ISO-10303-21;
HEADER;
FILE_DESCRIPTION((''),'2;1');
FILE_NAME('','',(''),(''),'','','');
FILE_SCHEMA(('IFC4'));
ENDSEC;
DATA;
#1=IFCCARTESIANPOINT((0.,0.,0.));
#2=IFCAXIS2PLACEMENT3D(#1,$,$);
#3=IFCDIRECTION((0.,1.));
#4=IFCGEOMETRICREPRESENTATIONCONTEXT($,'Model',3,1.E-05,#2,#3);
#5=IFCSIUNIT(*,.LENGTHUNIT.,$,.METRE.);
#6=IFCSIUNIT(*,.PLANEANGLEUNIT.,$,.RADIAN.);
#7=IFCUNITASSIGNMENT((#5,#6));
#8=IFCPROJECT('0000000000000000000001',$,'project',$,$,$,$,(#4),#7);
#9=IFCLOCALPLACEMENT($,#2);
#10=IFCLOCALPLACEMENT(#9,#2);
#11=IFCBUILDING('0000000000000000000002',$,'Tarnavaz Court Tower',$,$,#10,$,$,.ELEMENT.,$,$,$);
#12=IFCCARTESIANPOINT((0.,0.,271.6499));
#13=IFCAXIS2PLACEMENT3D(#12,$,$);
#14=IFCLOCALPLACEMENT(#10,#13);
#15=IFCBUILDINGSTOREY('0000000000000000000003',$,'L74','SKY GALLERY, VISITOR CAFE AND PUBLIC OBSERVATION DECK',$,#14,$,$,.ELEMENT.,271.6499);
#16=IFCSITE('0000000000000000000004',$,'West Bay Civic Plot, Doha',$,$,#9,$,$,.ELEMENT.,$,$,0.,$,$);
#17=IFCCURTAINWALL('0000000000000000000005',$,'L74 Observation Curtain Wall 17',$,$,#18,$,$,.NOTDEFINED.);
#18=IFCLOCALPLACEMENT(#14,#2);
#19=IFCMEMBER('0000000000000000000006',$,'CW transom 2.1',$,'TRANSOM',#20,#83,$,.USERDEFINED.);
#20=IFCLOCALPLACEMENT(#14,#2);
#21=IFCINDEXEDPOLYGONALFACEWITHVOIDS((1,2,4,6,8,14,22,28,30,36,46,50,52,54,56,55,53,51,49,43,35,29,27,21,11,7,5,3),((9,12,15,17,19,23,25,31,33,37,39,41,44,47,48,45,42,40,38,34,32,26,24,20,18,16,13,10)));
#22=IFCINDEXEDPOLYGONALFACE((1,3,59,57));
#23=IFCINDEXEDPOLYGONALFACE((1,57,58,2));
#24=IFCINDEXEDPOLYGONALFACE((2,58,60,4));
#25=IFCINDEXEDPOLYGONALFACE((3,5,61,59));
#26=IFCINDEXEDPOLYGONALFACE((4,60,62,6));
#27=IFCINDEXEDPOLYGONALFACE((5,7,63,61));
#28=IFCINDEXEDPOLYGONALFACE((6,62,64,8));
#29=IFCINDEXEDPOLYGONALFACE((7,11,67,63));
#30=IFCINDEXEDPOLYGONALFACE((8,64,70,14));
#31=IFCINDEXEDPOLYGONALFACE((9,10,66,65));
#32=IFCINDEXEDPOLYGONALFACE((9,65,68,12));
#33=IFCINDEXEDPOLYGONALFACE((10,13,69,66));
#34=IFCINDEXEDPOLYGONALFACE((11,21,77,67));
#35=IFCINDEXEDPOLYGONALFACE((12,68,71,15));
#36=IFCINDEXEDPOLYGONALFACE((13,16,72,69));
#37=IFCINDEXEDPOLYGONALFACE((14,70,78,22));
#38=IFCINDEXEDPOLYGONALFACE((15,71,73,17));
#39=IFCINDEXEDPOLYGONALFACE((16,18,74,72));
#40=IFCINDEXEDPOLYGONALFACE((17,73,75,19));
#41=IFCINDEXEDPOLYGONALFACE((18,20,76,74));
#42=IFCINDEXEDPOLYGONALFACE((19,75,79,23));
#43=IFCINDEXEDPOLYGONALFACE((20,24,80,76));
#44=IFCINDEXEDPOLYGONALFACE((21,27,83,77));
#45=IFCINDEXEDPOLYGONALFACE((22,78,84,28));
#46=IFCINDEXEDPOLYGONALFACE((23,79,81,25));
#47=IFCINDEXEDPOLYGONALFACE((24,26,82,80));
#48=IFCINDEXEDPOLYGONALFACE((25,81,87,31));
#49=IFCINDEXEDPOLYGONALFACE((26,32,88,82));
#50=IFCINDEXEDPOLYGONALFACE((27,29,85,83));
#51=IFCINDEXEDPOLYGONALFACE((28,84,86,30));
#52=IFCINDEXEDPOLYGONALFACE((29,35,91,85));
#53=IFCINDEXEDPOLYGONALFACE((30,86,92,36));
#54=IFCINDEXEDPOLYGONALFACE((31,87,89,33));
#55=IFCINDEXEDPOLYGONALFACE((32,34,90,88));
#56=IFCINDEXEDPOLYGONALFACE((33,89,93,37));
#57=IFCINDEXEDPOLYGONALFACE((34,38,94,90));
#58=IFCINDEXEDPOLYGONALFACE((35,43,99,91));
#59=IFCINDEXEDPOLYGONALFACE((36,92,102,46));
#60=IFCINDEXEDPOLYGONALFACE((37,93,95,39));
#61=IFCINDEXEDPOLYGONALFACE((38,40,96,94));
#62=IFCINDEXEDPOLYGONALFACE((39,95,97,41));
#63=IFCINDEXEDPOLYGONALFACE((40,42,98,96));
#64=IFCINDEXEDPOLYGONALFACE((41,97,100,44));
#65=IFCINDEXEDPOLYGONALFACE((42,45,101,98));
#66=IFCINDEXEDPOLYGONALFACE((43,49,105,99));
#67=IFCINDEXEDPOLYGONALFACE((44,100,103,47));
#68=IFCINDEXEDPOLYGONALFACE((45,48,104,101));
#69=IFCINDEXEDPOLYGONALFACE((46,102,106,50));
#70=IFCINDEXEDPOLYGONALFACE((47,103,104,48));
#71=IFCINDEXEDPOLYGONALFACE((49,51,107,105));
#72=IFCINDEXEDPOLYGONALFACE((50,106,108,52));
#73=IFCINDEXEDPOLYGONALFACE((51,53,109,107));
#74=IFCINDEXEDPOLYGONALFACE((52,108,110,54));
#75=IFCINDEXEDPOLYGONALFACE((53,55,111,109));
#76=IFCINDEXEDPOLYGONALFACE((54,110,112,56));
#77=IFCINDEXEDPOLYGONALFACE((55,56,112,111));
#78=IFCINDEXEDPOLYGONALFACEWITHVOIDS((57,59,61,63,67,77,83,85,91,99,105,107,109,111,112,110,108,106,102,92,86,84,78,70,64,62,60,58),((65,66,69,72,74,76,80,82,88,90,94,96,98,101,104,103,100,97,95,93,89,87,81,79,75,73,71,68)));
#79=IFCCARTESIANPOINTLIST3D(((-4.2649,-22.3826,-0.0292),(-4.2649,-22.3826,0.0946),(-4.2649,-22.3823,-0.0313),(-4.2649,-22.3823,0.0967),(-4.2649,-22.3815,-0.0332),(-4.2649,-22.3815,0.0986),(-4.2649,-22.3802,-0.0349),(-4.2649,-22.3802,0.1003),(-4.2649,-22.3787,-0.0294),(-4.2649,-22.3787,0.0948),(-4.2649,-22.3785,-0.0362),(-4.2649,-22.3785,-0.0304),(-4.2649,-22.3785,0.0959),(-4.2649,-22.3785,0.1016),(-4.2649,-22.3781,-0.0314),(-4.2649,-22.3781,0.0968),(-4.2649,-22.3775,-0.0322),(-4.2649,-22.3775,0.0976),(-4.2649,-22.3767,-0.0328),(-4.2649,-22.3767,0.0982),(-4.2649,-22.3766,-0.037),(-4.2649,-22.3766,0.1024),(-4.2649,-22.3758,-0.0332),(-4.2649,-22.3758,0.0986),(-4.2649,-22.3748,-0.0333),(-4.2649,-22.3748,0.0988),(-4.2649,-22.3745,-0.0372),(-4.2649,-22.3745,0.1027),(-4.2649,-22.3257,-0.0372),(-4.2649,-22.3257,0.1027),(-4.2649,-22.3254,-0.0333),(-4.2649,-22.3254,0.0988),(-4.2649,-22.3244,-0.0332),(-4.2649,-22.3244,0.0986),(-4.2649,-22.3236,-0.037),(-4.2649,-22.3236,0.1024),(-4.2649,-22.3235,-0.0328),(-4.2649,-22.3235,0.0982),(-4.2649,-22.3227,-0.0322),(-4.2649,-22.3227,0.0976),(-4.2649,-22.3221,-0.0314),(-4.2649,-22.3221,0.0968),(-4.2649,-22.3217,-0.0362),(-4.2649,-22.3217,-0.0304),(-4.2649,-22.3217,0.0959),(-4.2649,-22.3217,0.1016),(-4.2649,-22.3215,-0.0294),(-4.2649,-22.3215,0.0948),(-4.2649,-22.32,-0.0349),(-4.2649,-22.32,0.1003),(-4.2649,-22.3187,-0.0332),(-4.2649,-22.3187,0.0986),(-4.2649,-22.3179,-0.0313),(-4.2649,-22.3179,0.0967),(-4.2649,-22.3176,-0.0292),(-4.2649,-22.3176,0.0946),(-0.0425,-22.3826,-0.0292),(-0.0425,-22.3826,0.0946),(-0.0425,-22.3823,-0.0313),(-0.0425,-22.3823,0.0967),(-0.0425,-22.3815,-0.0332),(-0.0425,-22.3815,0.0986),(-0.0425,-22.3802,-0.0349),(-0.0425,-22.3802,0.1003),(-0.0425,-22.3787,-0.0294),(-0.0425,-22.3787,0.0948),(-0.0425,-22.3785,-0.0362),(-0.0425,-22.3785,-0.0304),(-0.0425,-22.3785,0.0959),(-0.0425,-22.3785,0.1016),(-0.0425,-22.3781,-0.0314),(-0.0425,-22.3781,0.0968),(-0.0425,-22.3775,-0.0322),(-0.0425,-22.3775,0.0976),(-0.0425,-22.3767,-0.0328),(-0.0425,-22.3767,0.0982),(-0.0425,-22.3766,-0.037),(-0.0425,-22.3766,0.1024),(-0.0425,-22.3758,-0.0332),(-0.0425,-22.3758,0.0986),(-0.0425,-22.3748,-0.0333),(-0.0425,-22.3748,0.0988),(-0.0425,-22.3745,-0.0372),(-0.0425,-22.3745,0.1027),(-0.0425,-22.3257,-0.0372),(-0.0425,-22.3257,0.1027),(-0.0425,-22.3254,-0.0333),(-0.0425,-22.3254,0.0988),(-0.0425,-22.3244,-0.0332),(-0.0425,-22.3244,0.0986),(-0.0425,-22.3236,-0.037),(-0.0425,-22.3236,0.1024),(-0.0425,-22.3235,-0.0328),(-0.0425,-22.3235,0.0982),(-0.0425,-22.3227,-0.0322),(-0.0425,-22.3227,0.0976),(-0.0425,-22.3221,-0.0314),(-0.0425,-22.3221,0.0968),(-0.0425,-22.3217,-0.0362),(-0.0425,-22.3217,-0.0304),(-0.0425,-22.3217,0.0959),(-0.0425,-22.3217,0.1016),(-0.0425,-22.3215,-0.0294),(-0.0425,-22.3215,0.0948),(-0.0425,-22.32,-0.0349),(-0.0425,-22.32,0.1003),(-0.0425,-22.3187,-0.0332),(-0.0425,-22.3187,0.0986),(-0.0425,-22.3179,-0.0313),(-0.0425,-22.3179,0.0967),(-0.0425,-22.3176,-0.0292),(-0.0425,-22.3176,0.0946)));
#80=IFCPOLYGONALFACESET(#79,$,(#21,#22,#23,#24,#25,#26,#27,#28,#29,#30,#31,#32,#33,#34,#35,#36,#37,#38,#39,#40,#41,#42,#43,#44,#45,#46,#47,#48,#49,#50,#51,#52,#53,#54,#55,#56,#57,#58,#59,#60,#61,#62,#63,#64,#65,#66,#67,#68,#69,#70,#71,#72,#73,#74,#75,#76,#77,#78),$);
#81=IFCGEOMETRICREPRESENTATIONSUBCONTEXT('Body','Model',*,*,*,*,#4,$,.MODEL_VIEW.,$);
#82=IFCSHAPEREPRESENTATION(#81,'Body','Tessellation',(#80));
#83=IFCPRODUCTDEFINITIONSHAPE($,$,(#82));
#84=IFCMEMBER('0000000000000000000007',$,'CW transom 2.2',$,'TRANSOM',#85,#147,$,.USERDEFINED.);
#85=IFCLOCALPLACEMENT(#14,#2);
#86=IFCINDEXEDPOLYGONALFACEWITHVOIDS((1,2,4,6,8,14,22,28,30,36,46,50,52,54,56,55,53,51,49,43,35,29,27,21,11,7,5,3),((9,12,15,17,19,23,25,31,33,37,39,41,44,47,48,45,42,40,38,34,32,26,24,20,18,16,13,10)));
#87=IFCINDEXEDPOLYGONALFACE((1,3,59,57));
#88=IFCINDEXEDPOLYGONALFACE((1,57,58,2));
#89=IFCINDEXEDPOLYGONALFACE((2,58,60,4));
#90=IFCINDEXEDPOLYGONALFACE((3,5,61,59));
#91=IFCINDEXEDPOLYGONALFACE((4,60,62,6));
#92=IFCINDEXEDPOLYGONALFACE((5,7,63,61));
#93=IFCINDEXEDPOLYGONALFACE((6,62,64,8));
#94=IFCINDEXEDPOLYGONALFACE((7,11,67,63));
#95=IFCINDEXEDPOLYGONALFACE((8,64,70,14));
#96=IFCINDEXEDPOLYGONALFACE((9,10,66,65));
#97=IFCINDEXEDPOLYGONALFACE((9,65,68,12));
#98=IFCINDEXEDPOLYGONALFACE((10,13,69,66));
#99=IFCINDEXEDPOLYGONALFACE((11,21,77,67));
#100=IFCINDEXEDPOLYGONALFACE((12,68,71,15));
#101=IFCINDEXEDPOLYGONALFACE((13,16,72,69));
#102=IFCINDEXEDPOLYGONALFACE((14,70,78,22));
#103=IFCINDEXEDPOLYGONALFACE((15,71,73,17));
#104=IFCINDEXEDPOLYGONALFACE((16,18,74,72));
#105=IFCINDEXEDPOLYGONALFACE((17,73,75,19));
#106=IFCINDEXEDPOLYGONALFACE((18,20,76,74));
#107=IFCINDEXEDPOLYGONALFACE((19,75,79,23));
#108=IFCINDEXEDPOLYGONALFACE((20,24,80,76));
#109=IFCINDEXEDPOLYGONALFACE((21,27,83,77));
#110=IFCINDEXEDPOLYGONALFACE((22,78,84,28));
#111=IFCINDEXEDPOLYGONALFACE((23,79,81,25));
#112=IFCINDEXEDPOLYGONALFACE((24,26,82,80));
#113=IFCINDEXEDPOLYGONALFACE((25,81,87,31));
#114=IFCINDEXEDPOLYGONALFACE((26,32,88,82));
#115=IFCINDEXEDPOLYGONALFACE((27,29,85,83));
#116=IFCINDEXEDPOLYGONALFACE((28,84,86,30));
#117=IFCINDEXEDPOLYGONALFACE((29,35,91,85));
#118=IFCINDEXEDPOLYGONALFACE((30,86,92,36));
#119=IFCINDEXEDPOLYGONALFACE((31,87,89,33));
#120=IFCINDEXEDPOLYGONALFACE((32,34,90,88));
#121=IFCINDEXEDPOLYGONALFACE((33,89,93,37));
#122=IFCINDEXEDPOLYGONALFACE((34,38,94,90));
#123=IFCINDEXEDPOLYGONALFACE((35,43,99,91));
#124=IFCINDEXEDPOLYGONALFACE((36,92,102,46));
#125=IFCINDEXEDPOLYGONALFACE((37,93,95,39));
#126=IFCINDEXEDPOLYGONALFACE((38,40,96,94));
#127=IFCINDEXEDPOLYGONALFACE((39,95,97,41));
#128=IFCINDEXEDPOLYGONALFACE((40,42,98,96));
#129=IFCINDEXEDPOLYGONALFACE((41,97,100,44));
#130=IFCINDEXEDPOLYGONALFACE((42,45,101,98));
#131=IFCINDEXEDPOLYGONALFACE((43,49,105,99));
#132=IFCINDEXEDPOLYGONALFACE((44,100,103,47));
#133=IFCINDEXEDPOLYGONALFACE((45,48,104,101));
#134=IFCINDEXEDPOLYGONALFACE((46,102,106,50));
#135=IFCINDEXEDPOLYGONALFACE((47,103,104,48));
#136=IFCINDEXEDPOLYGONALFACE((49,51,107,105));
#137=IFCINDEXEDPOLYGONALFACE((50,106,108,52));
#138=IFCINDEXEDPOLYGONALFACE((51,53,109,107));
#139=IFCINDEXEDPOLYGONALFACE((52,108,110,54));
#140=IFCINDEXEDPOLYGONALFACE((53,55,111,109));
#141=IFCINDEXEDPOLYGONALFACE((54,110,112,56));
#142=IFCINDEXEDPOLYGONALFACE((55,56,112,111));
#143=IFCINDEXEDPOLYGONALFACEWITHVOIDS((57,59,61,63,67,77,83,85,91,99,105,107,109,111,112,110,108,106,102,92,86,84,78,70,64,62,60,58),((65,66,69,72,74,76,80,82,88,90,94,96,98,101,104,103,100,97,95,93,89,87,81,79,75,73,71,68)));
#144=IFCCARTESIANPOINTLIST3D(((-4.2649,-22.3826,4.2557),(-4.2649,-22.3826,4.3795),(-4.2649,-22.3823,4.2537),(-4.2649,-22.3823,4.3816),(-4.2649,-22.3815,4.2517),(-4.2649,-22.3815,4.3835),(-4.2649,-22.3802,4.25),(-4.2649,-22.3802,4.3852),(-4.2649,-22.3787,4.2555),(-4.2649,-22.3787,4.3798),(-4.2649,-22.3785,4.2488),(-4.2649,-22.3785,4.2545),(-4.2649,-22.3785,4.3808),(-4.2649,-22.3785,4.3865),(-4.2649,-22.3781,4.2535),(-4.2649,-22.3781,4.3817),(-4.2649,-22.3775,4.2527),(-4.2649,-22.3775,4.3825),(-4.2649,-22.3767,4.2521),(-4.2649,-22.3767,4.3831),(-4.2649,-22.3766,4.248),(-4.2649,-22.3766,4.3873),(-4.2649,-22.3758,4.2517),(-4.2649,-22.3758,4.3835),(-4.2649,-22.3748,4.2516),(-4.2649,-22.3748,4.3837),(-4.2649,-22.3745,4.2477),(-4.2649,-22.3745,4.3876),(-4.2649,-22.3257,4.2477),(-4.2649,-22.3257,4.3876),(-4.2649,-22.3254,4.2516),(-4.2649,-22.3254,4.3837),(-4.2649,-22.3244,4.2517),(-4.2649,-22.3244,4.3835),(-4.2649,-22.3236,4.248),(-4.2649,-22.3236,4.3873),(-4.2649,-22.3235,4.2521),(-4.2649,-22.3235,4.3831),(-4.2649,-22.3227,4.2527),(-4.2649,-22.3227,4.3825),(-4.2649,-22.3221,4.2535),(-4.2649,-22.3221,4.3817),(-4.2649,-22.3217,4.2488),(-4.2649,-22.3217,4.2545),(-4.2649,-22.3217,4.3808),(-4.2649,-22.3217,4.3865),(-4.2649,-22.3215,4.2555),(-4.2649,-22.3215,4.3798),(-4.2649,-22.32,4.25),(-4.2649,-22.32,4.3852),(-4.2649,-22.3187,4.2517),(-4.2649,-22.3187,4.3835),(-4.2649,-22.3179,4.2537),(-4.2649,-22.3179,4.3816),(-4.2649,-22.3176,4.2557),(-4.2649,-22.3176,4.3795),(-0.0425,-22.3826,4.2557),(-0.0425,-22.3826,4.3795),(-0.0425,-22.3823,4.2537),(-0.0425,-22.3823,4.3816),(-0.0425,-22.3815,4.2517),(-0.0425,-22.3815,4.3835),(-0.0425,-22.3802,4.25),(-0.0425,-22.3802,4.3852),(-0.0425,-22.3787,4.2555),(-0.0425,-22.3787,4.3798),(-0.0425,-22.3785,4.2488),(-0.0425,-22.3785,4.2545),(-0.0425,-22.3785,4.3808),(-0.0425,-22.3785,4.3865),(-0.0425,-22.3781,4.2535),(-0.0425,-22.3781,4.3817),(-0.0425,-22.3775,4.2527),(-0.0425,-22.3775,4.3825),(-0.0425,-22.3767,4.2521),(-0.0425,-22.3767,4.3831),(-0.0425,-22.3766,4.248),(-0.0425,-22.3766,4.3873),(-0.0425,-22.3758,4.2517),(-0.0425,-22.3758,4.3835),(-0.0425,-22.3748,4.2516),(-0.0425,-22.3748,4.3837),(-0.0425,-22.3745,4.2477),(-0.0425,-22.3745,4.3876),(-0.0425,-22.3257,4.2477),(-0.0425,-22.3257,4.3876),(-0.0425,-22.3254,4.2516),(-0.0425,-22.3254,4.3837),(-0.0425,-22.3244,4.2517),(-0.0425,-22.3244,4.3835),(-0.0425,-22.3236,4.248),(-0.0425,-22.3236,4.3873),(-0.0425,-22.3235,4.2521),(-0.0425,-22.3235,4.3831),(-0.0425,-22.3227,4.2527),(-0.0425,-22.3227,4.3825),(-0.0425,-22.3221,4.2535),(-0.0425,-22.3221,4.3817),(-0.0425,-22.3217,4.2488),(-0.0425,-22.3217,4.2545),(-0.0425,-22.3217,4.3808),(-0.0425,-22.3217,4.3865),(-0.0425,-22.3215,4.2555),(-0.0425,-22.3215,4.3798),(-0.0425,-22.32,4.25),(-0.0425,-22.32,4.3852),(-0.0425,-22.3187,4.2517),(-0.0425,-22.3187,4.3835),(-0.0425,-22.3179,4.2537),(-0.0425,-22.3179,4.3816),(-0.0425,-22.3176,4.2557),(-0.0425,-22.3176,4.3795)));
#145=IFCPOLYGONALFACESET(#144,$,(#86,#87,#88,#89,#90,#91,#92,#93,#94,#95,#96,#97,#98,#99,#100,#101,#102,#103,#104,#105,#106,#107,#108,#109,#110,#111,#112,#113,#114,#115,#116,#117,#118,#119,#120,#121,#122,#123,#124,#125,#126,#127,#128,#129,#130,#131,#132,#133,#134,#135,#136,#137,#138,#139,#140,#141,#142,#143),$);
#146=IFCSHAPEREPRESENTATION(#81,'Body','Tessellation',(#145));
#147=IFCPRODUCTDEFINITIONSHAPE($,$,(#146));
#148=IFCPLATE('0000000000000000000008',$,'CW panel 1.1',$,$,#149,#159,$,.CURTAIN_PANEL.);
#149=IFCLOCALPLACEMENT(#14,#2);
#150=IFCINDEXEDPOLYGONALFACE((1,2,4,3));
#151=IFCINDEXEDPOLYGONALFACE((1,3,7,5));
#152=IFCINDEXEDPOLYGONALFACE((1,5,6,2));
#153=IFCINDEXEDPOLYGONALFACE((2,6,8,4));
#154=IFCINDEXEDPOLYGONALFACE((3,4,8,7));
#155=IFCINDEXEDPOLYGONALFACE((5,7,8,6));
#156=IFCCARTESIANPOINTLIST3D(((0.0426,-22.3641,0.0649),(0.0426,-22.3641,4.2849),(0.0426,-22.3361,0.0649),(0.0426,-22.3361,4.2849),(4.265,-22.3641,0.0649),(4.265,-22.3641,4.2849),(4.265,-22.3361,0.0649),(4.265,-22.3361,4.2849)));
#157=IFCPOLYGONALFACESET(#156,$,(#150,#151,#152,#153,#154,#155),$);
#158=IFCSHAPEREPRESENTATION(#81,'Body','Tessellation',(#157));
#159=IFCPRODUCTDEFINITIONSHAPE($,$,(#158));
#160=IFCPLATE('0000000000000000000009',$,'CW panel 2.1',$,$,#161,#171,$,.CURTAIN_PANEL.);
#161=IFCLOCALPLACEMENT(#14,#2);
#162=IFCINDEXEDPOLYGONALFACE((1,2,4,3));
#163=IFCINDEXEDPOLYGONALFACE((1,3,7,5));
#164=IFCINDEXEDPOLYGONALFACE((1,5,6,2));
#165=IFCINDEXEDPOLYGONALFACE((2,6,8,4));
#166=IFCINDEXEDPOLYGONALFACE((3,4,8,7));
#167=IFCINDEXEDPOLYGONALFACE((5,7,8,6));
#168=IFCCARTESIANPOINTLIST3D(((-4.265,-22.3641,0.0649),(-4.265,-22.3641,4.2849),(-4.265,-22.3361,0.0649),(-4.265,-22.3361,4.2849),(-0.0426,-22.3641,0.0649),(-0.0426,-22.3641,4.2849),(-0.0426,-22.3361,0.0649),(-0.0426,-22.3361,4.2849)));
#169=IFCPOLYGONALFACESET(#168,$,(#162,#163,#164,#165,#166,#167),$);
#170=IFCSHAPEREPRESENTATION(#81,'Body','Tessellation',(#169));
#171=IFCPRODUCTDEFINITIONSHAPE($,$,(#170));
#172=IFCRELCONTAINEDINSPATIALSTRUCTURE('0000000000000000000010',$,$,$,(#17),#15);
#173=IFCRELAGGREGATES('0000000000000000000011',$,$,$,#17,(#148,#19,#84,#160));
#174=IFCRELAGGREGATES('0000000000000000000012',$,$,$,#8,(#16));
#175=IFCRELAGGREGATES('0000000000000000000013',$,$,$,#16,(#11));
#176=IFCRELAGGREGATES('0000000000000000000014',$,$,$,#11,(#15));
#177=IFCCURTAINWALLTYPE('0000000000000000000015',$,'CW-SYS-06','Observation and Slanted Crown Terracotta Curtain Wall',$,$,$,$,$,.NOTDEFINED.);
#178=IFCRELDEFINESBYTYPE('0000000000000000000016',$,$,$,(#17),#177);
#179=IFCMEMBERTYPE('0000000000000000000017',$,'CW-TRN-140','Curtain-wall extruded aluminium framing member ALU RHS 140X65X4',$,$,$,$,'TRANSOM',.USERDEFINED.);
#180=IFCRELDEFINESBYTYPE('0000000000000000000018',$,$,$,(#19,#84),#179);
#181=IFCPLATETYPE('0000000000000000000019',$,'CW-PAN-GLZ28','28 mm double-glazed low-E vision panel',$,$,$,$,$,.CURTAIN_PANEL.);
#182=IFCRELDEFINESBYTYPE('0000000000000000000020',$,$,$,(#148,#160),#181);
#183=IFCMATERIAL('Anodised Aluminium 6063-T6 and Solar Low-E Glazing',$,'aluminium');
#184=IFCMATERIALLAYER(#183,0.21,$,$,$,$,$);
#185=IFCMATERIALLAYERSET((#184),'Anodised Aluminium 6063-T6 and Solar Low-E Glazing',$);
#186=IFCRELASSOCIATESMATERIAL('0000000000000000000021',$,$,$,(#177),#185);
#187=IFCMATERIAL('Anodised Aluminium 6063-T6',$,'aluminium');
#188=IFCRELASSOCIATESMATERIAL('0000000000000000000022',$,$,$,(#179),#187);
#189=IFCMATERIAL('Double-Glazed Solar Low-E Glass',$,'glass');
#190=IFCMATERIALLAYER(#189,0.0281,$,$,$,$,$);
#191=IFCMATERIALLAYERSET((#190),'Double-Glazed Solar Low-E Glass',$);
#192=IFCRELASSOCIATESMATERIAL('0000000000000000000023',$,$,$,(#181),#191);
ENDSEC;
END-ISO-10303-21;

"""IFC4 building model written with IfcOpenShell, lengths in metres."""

from ifc_helpers import new_model, si_unit, direction, frame, origin, origin_2d, place, context, subcontext, project, spatial, rectangle, hollow_rectangle, extrude, material, layer, layer_set, material_profile, profile_set, type_object, element, aggregate, save


model = new_model("IFC4")

# Units and contexts
model_context = context("Model", 3, precision=1e-05, world=origin(), true_north=direction((0.0, 1.0)))
body_context = subcontext(model_context, "Body", "Model", "MODEL_VIEW")
ifc_project = project(units=[si_unit("LENGTHUNIT", "METRE"), si_unit("PLANEANGLEUNIT", "RADIAN")], contexts=[model_context])

# Site, building, storey
site_placement = place(None, origin())
site = spatial("IfcSite", under=ifc_project, at=site_placement, Name="West Bay Civic Plot, Doha", CompositionType="ELEMENT", RefElevation=0.0)
building_placement = place(site_placement, origin())
building = spatial("IfcBuilding", under=site, at=building_placement, Name="Tarnavaz Court Tower", CompositionType="ELEMENT")
storey_placement = place(building_placement, frame((0.0, 0.0, 271.6499)))
storey = spatial("IfcBuildingStorey", under=building, at=storey_placement, Name="L74", Description="SKY GALLERY, VISITOR CAFE AND PUBLIC OBSERVATION DECK", CompositionType="ELEMENT", Elevation=271.6499)

# Curtain wall, members, plates
ifc_material_1 = material(Name="Anodised Aluminium 6063-T6 and Solar Low-E Glazing", Category="aluminium")
ifc_layer_1 = layer(ifc_material_1, 0.21)
ifc_layer_set_1 = layer_set([ifc_layer_1], Name="Anodised Aluminium 6063-T6 and Solar Low-E Glazing")
curtain_wall_type = type_object("IfcCurtainWallType", Name="CW-SYS-06", Description="Observation and Slanted Crown Terracotta Curtain Wall", PredefinedType="NOTDEFINED", material=ifc_layer_set_1)
curtain_wall_placement = place(storey_placement, origin())
curtain_wall = element("IfcCurtainWall", 1, at=curtain_wall_placement, inside=storey, type_object=curtain_wall_type, Name="L74 Observation Curtain Wall 17", PredefinedType="NOTDEFINED")
ifc_material_2 = material(Name="Anodised Aluminium 6063-T6", Category="aluminium")
ifc_material_profile_1 = material_profile(ifc_material_2, hollow_rectangle(XDim=0.0649, YDim=0.1399, WallThickness=0.0039, InnerFilletRadius=0.0039, OuterFilletRadius=0.0081, at=origin_2d()), Name="ALU RHS 140X65X4")
ifc_profile_set_1 = profile_set([ifc_material_profile_1], Name="Anodised Aluminium 6063-T6")
member_type_1 = type_object("IfcMemberType", Name="CW-TRN-140", Description="Curtain-wall extruded aluminium framing member ALU RHS 140X65X4", ElementType="TRANSOM", PredefinedType="USERDEFINED", material=ifc_profile_set_1)
member_1_placement = place(storey_placement, frame((-0.0425, -22.3501, 0.0327), z_axis=(-1.0, 0.0, 0.0), x_axis=(0.0, -1.0, 0.0)))
member_1 = element("IfcMember", 2, at=member_1_placement, type_object=member_type_1, Name="CW transom 2.1", ObjectType="TRANSOM", PredefinedType="USERDEFINED", context=body_context, shape_type="SweptSolid", body=[
    extrude(hollow_rectangle(XDim=0.0649, YDim=0.1399, WallThickness=0.0039, InnerFilletRadius=0.0039, OuterFilletRadius=0.0081, at=origin_2d()), origin(), (0.0, 0.0, 1.0), 4.2224),
])
member_2_placement = place(storey_placement, frame((-0.0425, -22.3501, 4.3176), z_axis=(-1.0, 0.0, 0.0), x_axis=(0.0, -1.0, 0.0)))
member_2 = element("IfcMember", 3, at=member_2_placement, type_object=member_type_1, Name="CW transom 2.2", ObjectType="TRANSOM", PredefinedType="USERDEFINED", context=body_context, shape_type="SweptSolid", body=[
    extrude(hollow_rectangle(XDim=0.0649, YDim=0.1399, WallThickness=0.0039, InnerFilletRadius=0.0039, OuterFilletRadius=0.0081, at=origin_2d()), origin(), (0.0, 0.0, 1.0), 4.2224),
])
ifc_material_3 = material(Name="Double-Glazed Solar Low-E Glass", Category="glass")
ifc_layer_2 = layer(ifc_material_3, 0.0281)
ifc_layer_set_2 = layer_set([ifc_layer_2], Name="Double-Glazed Solar Low-E Glass")
plate_type = type_object("IfcPlateType", Name="CW-PAN-GLZ28", Description="28 mm double-glazed low-E vision panel", PredefinedType="CURTAIN_PANEL", material=ifc_layer_set_2)
plate_1_placement = place(storey_placement, frame((2.1538, -22.3501, 0.0649), z_axis=(0.0, 0.0, 1.0), x_axis=(-1.0, 0.0, 0.0)))
plate_1 = element("IfcPlate", 4, at=plate_1_placement, type_object=plate_type, Name="CW panel 1.1", PredefinedType="CURTAIN_PANEL", context=body_context, shape_type="SweptSolid", body=[
    extrude(rectangle(XDim=4.2224, YDim=0.0281, at=origin_2d()), origin(), (0.0, 0.0, 1.0), 4.22),
])
plate_2_placement = place(storey_placement, frame((-2.1538, -22.3501, 0.0649), z_axis=(0.0, 0.0, 1.0), x_axis=(-1.0, 0.0, 0.0)))
plate_2 = element("IfcPlate", 5, at=plate_2_placement, type_object=plate_type, Name="CW panel 2.1", PredefinedType="CURTAIN_PANEL", context=body_context, shape_type="SweptSolid", body=[
    extrude(rectangle(XDim=4.2224, YDim=0.0281, at=origin_2d()), origin(), (0.0, 0.0, 1.0), 4.22),
])
aggregate(curtain_wall, [plate_1, member_1, member_2, plate_2])

save(model, "model.ifc")
